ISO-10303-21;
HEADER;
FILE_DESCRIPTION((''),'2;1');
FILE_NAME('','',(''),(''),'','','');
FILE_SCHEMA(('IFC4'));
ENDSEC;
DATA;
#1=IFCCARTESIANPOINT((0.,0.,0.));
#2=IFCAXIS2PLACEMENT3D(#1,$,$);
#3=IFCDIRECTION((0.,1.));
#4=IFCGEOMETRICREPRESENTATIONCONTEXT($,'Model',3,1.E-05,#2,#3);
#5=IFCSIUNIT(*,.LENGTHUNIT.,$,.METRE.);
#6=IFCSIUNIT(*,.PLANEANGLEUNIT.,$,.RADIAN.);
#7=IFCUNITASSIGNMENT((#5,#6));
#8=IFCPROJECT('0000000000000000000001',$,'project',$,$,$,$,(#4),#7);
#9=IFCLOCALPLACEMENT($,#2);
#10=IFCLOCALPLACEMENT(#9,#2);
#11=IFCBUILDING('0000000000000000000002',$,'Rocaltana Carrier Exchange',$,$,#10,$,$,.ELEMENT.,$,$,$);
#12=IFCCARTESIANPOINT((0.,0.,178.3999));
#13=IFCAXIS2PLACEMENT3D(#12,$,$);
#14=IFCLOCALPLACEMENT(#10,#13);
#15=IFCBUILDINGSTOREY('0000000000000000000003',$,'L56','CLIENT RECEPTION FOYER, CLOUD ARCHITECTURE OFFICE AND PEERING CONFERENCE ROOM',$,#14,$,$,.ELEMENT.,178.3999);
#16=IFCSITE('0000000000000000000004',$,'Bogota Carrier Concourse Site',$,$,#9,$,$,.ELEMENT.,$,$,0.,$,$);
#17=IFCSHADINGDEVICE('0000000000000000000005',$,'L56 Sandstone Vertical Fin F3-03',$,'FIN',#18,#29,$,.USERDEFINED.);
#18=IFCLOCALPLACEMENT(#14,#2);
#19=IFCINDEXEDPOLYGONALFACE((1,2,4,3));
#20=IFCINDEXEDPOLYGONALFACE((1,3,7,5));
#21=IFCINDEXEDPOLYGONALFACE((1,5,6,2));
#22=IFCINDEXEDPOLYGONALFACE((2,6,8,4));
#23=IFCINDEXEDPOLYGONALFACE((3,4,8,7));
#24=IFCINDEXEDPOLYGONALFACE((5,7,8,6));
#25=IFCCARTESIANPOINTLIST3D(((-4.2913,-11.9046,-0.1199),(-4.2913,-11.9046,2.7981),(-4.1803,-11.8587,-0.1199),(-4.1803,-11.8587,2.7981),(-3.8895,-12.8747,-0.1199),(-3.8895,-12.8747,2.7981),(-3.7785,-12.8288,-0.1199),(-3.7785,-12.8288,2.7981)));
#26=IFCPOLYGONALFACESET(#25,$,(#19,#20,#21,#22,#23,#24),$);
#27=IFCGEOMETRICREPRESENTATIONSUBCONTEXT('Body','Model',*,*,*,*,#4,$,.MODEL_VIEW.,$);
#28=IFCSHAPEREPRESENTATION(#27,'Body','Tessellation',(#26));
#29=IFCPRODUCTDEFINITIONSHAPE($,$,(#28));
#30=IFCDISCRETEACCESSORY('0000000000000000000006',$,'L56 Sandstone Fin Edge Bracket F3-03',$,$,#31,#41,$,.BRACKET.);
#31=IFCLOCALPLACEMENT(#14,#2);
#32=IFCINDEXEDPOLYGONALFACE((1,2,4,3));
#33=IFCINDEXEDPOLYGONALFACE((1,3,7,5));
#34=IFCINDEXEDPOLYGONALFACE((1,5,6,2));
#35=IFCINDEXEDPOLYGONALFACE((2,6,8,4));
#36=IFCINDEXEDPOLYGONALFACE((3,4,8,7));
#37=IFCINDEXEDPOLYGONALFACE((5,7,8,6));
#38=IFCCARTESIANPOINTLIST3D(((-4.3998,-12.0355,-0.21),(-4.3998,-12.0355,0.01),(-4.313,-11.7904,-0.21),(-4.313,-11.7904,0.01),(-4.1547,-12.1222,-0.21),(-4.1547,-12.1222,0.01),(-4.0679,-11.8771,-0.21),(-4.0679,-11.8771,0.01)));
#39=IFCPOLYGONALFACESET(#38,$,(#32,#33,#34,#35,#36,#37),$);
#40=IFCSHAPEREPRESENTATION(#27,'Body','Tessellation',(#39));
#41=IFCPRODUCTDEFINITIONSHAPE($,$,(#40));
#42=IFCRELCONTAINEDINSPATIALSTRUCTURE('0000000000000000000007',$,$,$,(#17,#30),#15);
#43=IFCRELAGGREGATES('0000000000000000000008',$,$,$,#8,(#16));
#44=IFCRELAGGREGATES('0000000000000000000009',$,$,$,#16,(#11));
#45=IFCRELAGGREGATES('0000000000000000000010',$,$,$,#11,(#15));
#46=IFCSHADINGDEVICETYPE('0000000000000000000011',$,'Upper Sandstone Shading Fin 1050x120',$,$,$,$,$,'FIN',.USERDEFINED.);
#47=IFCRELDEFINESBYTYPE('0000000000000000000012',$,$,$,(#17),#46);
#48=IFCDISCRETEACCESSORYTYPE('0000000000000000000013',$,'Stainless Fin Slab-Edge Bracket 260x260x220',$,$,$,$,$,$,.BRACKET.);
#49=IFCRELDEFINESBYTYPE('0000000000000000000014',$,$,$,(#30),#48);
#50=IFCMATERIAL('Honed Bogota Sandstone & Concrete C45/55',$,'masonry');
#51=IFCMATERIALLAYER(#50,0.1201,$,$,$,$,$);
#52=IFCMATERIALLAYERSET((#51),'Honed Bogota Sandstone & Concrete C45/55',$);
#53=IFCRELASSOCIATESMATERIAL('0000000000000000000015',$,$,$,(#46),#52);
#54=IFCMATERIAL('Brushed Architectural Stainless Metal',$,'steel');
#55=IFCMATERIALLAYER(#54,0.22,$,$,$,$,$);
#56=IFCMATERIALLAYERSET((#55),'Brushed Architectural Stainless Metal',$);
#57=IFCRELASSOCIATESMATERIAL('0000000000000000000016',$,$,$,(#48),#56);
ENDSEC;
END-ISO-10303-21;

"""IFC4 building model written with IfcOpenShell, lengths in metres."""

from ifc_helpers import new_model, si_unit, direction, frame, origin, origin_2d, place, context, subcontext, project, spatial, rectangle, extrude, material, layer, layer_set, type_object, element, save


model = new_model("IFC4")

# Units and contexts
model_context = context("Model", 3, precision=1e-05, world=origin(), true_north=direction((0.0, 1.0)))
body_context = subcontext(model_context, "Body", "Model", "MODEL_VIEW")
ifc_project = project(units=[si_unit("LENGTHUNIT", "METRE"), si_unit("PLANEANGLEUNIT", "RADIAN")], contexts=[model_context])

# Site, building, storey
site_placement = place(None, origin())
site = spatial("IfcSite", under=ifc_project, at=site_placement, Name="Bogota Carrier Concourse Site", CompositionType="ELEMENT", RefElevation=0.0)
building_placement = place(site_placement, origin())
building = spatial("IfcBuilding", under=site, at=building_placement, Name="Rocaltana Carrier Exchange", CompositionType="ELEMENT")
storey_placement = place(building_placement, frame((0.0, 0.0, 178.3999)))
storey = spatial("IfcBuildingStorey", under=building, at=storey_placement, Name="L56", Description="CLIENT RECEPTION FOYER, CLOUD ARCHITECTURE OFFICE AND PEERING CONFERENCE ROOM", CompositionType="ELEMENT", Elevation=178.3999)

# Shading device
ifc_material_1 = material(Name="Honed Bogota Sandstone & Concrete C45/55", Category="masonry")
ifc_layer_1 = layer(ifc_material_1, 0.1201)
ifc_layer_set_1 = layer_set([ifc_layer_1], Name="Honed Bogota Sandstone & Concrete C45/55")
shading_device_type = type_object("IfcShadingDeviceType", Name="Upper Sandstone Shading Fin 1050x120", ElementType="FIN", PredefinedType="USERDEFINED", material=ifc_layer_set_1)
shading_device_placement = place(storey_placement, frame((-4.0349, -12.3667, -0.1199), z_axis=(0.0, 0.0, 1.0), x_axis=(0.382683, -0.92388, 0.0)))
element("IfcShadingDevice", 1, at=shading_device_placement, inside=storey, type_object=shading_device_type, Name="L56 Sandstone Vertical Fin F3-03", ObjectType="FIN", PredefinedType="USERDEFINED", context=body_context, shape_type="SweptSolid", body=[
    extrude(rectangle(XDim=1.05, YDim=0.1201, at=origin_2d()), origin(), (0.0, 0.0, 1.0), 2.918),
])

# Discrete accessory
ifc_material_2 = material(Name="Brushed Architectural Stainless Metal", Category="steel")
ifc_layer_2 = layer(ifc_material_2, 0.22)
ifc_layer_set_2 = layer_set([ifc_layer_2], Name="Brushed Architectural Stainless Metal")
discrete_accessory_type = type_object("IfcDiscreteAccessoryType", Name="Stainless Fin Slab-Edge Bracket 260x260x220", PredefinedType="BRACKET", material=ifc_layer_set_2)
discrete_accessory_placement = place(storey_placement, frame((-4.2339, -11.9563, -0.21), z_axis=(0.0, 0.0, 1.0), x_axis=(0.942641, -0.333807, 0.0)))
element("IfcDiscreteAccessory", 2, at=discrete_accessory_placement, inside=storey, type_object=discrete_accessory_type, Name="L56 Sandstone Fin Edge Bracket F3-03", PredefinedType="BRACKET", context=body_context, shape_type="SweptSolid", body=[
    extrude(rectangle(XDim=0.26, YDim=0.26, at=origin_2d()), origin(), (0.0, 0.0, 1.0), 0.22),
])

save(model, "model.ifc")
